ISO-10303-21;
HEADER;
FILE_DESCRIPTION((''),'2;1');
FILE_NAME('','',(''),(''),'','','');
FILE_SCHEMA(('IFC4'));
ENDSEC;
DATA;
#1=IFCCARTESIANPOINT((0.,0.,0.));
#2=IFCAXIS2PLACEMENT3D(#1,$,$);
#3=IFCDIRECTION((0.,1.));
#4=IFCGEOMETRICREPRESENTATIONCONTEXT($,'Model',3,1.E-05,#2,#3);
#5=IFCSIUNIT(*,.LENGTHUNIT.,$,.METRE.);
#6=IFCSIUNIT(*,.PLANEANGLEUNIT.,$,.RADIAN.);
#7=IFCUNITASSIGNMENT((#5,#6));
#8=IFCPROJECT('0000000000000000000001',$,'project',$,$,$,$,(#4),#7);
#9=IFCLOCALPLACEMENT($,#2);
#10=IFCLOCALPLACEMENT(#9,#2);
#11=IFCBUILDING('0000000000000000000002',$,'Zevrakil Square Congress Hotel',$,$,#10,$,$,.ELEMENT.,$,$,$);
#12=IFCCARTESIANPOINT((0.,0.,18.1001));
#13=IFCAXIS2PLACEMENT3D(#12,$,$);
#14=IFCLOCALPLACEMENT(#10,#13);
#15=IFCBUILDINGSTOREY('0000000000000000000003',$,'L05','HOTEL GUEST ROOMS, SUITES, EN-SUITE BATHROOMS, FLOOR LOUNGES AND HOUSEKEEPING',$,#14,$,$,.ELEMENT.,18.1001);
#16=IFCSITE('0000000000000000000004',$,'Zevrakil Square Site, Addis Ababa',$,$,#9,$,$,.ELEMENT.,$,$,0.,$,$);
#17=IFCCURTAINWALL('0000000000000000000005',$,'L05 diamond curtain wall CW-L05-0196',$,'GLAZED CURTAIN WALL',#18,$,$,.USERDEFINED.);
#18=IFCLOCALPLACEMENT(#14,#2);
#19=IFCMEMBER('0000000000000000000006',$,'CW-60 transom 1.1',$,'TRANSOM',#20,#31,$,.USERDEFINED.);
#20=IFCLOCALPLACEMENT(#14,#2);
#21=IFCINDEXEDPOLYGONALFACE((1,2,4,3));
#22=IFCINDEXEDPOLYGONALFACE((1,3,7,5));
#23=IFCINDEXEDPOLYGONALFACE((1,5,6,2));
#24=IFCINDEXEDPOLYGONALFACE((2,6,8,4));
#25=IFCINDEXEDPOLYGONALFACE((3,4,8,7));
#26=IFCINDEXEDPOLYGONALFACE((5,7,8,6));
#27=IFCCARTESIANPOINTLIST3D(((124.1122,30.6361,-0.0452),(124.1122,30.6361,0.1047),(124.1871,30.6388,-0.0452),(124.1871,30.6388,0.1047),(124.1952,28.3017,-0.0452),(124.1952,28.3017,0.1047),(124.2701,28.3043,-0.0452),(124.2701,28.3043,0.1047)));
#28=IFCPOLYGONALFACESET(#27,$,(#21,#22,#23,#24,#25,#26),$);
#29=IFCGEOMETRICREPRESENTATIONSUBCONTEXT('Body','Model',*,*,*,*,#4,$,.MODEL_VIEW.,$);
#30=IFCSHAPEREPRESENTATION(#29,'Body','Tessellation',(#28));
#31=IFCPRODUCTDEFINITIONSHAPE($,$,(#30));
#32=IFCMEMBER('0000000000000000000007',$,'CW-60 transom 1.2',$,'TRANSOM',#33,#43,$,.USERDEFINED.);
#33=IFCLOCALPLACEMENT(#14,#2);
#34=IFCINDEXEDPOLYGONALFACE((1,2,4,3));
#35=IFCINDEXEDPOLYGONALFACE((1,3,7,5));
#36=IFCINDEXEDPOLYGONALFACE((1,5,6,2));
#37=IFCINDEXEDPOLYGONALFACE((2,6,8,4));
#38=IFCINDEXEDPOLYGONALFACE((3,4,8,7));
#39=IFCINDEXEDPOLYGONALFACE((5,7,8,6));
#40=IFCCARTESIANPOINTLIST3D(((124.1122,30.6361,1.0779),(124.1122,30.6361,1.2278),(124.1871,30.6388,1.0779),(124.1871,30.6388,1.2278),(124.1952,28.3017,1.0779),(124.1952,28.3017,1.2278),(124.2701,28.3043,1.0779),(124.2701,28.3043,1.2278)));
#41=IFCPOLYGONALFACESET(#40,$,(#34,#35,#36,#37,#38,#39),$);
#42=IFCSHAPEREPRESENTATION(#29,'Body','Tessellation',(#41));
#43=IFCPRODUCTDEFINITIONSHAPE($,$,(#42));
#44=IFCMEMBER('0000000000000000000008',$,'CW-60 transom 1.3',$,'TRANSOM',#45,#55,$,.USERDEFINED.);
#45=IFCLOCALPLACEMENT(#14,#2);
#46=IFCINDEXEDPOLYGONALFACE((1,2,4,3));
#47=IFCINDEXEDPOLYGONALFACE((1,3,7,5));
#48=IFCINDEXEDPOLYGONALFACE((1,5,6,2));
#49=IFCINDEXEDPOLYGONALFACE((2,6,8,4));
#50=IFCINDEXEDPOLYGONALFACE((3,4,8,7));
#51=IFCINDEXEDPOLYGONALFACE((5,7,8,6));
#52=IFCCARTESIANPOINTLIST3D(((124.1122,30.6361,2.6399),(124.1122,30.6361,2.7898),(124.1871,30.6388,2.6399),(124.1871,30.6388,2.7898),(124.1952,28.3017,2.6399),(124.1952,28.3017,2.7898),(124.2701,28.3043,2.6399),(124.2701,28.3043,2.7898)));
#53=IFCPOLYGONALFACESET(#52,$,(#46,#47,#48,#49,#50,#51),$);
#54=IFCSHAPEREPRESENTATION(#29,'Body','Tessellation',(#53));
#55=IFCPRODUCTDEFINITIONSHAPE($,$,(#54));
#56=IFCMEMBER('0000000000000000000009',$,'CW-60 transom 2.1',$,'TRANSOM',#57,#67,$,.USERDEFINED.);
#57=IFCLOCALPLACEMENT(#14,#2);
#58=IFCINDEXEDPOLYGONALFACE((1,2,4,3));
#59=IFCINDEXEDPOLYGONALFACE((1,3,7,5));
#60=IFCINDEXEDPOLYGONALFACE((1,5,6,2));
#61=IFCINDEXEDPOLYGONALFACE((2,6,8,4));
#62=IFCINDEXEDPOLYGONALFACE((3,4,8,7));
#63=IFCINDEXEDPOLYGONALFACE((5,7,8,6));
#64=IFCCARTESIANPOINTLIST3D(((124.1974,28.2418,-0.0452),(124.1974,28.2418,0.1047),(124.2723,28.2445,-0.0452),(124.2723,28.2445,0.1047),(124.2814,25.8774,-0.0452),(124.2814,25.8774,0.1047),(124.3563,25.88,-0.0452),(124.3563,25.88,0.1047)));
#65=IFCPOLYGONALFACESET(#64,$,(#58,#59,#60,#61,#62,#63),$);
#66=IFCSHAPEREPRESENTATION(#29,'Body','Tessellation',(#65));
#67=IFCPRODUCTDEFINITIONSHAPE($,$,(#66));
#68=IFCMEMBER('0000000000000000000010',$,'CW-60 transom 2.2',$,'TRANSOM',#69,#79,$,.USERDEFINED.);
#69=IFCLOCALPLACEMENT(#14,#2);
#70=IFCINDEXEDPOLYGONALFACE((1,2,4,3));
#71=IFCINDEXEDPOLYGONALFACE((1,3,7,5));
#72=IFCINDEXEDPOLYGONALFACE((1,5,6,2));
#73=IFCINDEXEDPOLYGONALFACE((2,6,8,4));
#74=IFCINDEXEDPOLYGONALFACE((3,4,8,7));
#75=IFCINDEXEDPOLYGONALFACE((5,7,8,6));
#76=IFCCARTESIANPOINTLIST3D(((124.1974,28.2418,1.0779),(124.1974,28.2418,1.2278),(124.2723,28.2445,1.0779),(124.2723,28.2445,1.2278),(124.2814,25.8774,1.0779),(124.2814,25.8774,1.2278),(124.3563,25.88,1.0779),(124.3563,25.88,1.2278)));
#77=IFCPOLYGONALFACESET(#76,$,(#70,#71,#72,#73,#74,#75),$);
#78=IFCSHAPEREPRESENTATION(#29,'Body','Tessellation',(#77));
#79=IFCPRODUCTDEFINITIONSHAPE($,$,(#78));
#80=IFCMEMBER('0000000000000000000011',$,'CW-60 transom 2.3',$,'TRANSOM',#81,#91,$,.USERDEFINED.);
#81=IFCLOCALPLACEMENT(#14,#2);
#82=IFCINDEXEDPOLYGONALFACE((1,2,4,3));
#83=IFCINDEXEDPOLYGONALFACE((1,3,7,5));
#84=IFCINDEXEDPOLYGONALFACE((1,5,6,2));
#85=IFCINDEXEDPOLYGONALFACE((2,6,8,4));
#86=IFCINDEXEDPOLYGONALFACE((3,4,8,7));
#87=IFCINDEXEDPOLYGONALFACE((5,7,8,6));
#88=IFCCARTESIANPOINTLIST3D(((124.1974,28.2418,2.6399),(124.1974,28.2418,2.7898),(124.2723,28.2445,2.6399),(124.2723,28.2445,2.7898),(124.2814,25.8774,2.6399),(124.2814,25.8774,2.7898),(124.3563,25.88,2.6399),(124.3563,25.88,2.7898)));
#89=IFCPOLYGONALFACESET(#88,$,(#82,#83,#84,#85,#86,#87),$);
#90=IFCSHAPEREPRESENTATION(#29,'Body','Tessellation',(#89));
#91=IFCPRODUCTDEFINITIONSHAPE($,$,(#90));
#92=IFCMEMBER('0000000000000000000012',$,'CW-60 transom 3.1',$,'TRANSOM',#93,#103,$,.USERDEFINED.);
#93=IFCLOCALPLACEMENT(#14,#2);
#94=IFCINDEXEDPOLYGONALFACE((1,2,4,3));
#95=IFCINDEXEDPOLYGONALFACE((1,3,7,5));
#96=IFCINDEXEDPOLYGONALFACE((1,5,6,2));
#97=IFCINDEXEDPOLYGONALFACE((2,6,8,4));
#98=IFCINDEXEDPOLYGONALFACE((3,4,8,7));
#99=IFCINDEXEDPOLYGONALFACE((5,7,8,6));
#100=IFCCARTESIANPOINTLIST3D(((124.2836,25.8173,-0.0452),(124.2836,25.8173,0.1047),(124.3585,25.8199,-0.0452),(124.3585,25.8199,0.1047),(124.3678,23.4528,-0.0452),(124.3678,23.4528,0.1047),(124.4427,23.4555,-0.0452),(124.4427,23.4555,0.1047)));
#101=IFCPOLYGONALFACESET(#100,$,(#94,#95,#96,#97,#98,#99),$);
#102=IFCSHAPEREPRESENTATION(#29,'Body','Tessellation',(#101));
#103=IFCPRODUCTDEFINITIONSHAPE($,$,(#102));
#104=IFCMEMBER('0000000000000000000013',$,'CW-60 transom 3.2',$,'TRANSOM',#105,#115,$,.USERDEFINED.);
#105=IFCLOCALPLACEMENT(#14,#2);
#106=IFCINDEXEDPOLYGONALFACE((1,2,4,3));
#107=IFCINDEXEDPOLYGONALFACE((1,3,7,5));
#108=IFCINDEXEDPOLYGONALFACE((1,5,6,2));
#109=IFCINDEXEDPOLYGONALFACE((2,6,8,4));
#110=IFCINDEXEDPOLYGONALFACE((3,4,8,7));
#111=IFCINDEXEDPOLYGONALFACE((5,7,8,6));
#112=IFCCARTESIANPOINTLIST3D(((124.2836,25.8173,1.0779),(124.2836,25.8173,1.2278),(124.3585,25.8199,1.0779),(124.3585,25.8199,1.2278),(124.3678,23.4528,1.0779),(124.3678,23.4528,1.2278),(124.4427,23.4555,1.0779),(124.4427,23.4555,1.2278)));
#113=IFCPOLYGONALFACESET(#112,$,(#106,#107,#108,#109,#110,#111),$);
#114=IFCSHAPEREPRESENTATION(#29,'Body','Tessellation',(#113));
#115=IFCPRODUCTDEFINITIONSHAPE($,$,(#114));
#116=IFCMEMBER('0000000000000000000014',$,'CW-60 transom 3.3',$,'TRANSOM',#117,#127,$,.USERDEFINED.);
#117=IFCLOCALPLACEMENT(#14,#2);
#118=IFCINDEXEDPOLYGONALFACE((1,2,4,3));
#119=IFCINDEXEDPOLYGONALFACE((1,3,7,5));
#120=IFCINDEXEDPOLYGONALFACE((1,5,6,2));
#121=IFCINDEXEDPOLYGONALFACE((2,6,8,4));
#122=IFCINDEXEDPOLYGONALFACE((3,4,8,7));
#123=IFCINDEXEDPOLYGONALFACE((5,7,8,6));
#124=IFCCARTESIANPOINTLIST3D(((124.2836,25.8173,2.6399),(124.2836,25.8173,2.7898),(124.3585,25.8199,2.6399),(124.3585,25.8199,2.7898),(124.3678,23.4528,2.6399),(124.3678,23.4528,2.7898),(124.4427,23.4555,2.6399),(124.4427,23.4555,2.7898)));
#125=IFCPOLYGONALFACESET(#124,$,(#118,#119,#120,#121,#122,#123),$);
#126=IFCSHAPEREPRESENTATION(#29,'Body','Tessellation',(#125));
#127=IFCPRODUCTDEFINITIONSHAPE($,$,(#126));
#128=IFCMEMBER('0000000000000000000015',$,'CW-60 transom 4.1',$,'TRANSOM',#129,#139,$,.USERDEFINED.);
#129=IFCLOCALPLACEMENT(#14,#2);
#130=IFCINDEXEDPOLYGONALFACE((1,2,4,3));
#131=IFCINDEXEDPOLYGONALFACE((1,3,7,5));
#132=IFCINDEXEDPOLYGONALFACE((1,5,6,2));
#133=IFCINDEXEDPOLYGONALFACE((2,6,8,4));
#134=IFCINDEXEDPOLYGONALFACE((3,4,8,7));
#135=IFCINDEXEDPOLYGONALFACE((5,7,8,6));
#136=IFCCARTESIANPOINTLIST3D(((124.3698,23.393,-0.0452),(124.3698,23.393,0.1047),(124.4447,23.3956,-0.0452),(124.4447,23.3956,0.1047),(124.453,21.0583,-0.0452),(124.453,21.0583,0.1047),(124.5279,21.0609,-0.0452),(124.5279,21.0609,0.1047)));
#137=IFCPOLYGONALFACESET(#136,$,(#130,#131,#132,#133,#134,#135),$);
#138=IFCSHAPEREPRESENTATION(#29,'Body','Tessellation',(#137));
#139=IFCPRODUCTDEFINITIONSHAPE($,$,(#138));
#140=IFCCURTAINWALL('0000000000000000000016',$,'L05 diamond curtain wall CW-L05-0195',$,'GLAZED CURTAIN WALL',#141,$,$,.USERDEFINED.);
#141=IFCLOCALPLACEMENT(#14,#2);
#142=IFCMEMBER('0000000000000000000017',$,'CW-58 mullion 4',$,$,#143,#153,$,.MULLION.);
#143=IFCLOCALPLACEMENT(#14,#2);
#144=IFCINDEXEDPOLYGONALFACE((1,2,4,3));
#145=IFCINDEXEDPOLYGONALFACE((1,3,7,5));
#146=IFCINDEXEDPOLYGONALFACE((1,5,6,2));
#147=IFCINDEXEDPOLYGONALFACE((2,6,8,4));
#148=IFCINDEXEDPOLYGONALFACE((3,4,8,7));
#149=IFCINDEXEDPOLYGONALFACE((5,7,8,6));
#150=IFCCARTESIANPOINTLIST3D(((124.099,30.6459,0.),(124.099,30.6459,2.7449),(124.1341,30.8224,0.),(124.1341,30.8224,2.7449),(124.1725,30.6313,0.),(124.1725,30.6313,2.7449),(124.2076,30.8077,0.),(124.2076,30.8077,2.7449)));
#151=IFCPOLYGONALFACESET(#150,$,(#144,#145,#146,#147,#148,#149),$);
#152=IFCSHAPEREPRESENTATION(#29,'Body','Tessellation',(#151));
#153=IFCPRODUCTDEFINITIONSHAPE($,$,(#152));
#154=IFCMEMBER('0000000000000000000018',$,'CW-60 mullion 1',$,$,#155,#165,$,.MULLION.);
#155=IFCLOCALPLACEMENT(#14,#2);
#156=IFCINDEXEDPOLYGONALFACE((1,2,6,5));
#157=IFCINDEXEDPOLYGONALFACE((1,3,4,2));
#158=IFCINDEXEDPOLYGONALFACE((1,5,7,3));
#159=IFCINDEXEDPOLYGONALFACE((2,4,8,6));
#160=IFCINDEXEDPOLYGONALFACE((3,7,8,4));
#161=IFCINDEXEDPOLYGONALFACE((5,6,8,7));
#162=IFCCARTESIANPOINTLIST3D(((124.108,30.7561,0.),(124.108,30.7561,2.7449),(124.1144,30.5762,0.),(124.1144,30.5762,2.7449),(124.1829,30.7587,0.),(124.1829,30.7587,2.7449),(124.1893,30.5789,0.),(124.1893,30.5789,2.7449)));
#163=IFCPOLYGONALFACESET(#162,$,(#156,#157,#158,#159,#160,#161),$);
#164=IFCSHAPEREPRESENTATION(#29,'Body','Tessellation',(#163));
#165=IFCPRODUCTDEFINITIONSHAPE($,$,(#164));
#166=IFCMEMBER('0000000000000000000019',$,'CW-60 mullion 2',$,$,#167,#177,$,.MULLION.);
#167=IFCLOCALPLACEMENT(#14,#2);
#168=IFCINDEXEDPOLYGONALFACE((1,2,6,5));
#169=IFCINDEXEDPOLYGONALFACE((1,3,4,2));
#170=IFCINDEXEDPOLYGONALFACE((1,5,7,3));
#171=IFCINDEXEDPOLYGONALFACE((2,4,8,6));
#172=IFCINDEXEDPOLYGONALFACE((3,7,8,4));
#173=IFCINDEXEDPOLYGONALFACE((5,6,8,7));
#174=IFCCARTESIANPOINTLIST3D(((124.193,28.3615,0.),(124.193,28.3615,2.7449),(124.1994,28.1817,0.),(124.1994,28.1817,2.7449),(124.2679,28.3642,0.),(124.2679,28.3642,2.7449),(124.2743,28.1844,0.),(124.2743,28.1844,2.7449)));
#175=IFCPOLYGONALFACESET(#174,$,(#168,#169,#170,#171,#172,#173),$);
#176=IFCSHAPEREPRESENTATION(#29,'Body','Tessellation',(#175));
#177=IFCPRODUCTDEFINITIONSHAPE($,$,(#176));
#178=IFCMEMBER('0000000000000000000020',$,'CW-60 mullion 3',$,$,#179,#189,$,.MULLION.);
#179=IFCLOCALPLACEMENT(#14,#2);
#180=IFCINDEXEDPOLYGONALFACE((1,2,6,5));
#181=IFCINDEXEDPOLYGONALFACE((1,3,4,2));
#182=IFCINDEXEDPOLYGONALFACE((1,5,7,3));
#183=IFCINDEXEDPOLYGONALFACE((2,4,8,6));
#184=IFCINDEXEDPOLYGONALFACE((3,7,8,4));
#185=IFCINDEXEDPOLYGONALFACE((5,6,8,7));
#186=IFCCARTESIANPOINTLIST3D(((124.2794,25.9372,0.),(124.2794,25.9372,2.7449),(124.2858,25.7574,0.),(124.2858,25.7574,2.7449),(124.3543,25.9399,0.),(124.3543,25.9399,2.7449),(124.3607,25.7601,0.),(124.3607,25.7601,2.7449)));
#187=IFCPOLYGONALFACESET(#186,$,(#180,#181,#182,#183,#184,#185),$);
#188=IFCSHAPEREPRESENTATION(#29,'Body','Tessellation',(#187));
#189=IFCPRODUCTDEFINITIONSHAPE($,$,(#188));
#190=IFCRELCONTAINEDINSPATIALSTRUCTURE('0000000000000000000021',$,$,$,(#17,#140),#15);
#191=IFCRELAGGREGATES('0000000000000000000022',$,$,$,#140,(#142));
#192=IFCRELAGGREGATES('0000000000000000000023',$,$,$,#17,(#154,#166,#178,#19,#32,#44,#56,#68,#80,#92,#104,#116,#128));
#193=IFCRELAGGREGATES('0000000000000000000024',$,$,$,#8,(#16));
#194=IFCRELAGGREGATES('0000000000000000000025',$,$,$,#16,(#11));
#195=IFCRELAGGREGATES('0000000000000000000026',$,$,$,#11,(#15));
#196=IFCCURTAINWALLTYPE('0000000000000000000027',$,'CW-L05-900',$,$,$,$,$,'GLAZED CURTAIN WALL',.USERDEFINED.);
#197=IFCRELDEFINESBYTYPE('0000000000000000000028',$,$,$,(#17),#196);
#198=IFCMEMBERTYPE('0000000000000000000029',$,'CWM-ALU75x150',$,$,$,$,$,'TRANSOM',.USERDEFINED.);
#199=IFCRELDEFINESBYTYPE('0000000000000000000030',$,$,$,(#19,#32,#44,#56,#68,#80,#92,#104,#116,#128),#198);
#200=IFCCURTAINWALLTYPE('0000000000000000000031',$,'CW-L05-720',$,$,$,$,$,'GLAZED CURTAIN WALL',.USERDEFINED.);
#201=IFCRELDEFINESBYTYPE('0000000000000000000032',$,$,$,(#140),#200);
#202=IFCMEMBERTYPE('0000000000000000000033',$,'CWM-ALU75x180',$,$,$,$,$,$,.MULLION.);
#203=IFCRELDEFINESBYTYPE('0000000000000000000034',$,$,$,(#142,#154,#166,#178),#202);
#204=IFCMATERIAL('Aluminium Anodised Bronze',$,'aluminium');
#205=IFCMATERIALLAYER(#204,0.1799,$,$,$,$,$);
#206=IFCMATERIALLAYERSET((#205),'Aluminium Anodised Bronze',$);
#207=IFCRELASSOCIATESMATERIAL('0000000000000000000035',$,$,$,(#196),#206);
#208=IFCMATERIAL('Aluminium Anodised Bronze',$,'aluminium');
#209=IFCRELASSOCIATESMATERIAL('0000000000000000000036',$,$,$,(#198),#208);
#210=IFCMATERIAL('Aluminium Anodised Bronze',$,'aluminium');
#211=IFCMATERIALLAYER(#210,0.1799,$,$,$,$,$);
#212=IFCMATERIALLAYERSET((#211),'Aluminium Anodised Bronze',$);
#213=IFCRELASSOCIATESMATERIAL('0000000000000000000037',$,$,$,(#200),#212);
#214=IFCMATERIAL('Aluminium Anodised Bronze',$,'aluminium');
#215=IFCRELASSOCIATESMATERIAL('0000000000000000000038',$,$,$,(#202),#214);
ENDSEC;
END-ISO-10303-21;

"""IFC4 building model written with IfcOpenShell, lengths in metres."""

from ifc_helpers import new_model, si_unit, direction, frame, origin, origin_2d, place, context, subcontext, project, spatial, rectangle, extrude, material, layer, layer_set, material_profile, profile_set, type_object, element, aggregate, save


model = new_model("IFC4")

# Units and contexts
model_context = context("Model", 3, precision=1e-05, world=origin(), true_north=direction((0.0, 1.0)))
body_context = subcontext(model_context, "Body", "Model", "MODEL_VIEW")
ifc_project = project(units=[si_unit("LENGTHUNIT", "METRE"), si_unit("PLANEANGLEUNIT", "RADIAN")], contexts=[model_context])

# Site, building, storey
site_placement = place(None, origin())
site = spatial("IfcSite", under=ifc_project, at=site_placement, Name="Zevrakil Square Site, Addis Ababa", CompositionType="ELEMENT", RefElevation=0.0)
building_placement = place(site_placement, origin())
building = spatial("IfcBuilding", under=site, at=building_placement, Name="Zevrakil Square Congress Hotel", CompositionType="ELEMENT")
storey_placement = place(building_placement, frame((0.0, 0.0, 18.1001)))
storey = spatial("IfcBuildingStorey", under=building, at=storey_placement, Name="L05", Description="HOTEL GUEST ROOMS, SUITES, EN-SUITE BATHROOMS, FLOOR LOUNGES AND HOUSEKEEPING", CompositionType="ELEMENT", Elevation=18.1001)

# Curtain wall, members
ifc_material_1 = material(Name="Aluminium Anodised Bronze", Category="aluminium")
ifc_layer_1 = layer(ifc_material_1, 0.1799)
ifc_layer_set_1 = layer_set([ifc_layer_1], Name="Aluminium Anodised Bronze")
curtain_wall_type_1 = type_object("IfcCurtainWallType", Name="CW-L05-900", ElementType="GLAZED CURTAIN WALL", PredefinedType="USERDEFINED", material=ifc_layer_set_1)
curtain_wall_1_placement = place(storey_placement, origin())
curtain_wall_1 = element("IfcCurtainWall", 1, at=curtain_wall_1_placement, inside=storey, type_object=curtain_wall_type_1, Name="L05 diamond curtain wall CW-L05-0196", ObjectType="GLAZED CURTAIN WALL", PredefinedType="USERDEFINED")
ifc_material_2 = material(Name="Aluminium Anodised Bronze", Category="aluminium")
ifc_material_profile_1 = material_profile(ifc_material_2, rectangle(XDim=0.075, YDim=0.1499, at=origin_2d()), Name="ALU 75x150")
ifc_profile_set_1 = profile_set([ifc_material_profile_1], Name="Aluminium Anodised Bronze")
member_type_1 = type_object("IfcMemberType", Name="CWM-ALU75x150", ElementType="TRANSOM", PredefinedType="USERDEFINED", material=ifc_profile_set_1)
member_1_placement = place(storey_placement, frame((124.1497, 30.6375, 0.0298), z_axis=(0.035535, -0.999368, 0.0), x_axis=(0.999368, 0.035535, 0.0)))
member_1 = element("IfcMember", 2, at=member_1_placement, type_object=member_type_1, Name="CW-60 transom 1.1", ObjectType="TRANSOM", PredefinedType="USERDEFINED", context=body_context, shape_type="SweptSolid", body=[
    extrude(rectangle(XDim=0.075, YDim=0.1499, at=origin_2d()), origin(), (0.0, 0.0, 1.0), 2.3359),
])
member_2_placement = place(storey_placement, frame((124.1497, 30.6375, 1.1528), z_axis=(0.035535, -0.999368, 0.0), x_axis=(0.999368, 0.035535, 0.0)))
member_2 = element("IfcMember", 3, at=member_2_placement, type_object=member_type_1, Name="CW-60 transom 1.2", ObjectType="TRANSOM", PredefinedType="USERDEFINED", context=body_context, shape_type="SweptSolid", body=[
    extrude(rectangle(XDim=0.075, YDim=0.1499, at=origin_2d()), origin(), (0.0, 0.0, 1.0), 2.3359),
])
member_3_placement = place(storey_placement, frame((124.1497, 30.6375, 2.7148), z_axis=(0.035535, -0.999368, 0.0), x_axis=(0.999368, 0.035535, 0.0)))
member_3 = element("IfcMember", 4, at=member_3_placement, type_object=member_type_1, Name="CW-60 transom 1.3", ObjectType="TRANSOM", PredefinedType="USERDEFINED", context=body_context, shape_type="SweptSolid", body=[
    extrude(rectangle(XDim=0.075, YDim=0.1499, at=origin_2d()), origin(), (0.0, 0.0, 1.0), 2.3359),
])
member_4_placement = place(storey_placement, frame((124.2349, 28.2432, 0.0298), z_axis=(0.035496, -0.99937, 0.0), x_axis=(0.99937, 0.035496, 0.0)))
member_4 = element("IfcMember", 5, at=member_4_placement, type_object=member_type_1, Name="CW-60 transom 2.1", ObjectType="TRANSOM", PredefinedType="USERDEFINED", context=body_context, shape_type="SweptSolid", body=[
    extrude(rectangle(XDim=0.075, YDim=0.1499, at=origin_2d()), origin(), (0.0, 0.0, 1.0), 2.366),
])
member_5_placement = place(storey_placement, frame((124.2349, 28.2432, 1.1528), z_axis=(0.035496, -0.99937, 0.0), x_axis=(0.99937, 0.035496, 0.0)))
member_5 = element("IfcMember", 6, at=member_5_placement, type_object=member_type_1, Name="CW-60 transom 2.2", ObjectType="TRANSOM", PredefinedType="USERDEFINED", context=body_context, shape_type="SweptSolid", body=[
    extrude(rectangle(XDim=0.075, YDim=0.1499, at=origin_2d()), origin(), (0.0, 0.0, 1.0), 2.366),
])
member_6_placement = place(storey_placement, frame((124.2349, 28.2432, 2.7148), z_axis=(0.035496, -0.99937, 0.0), x_axis=(0.99937, 0.035496, 0.0)))
member_6 = element("IfcMember", 7, at=member_6_placement, type_object=member_type_1, Name="CW-60 transom 2.3", ObjectType="TRANSOM", PredefinedType="USERDEFINED", context=body_context, shape_type="SweptSolid", body=[
    extrude(rectangle(XDim=0.075, YDim=0.1499, at=origin_2d()), origin(), (0.0, 0.0, 1.0), 2.366),
])
member_7_placement = place(storey_placement, frame((124.321, 25.8186, 0.0298), z_axis=(0.0356, -0.999366, 0.0), x_axis=(0.999366, 0.0356, 0.0)))
member_7 = element("IfcMember", 8, at=member_7_placement, type_object=member_type_1, Name="CW-60 transom 3.1", ObjectType="TRANSOM", PredefinedType="USERDEFINED", context=body_context, shape_type="SweptSolid", body=[
    extrude(rectangle(XDim=0.075, YDim=0.1499, at=origin_2d()), origin(), (0.0, 0.0, 1.0), 2.366),
])
member_8_placement = place(storey_placement, frame((124.321, 25.8186, 1.1528), z_axis=(0.0356, -0.999366, 0.0), x_axis=(0.999366, 0.0356, 0.0)))
member_8 = element("IfcMember", 9, at=member_8_placement, type_object=member_type_1, Name="CW-60 transom 3.2", ObjectType="TRANSOM", PredefinedType="USERDEFINED", context=body_context, shape_type="SweptSolid", body=[
    extrude(rectangle(XDim=0.075, YDim=0.1499, at=origin_2d()), origin(), (0.0, 0.0, 1.0), 2.366),
])
member_9_placement = place(storey_placement, frame((124.321, 25.8186, 2.7148), z_axis=(0.0356, -0.999366, 0.0), x_axis=(0.999366, 0.0356, 0.0)))
member_9 = element("IfcMember", 10, at=member_9_placement, type_object=member_type_1, Name="CW-60 transom 3.3", ObjectType="TRANSOM", PredefinedType="USERDEFINED", context=body_context, shape_type="SweptSolid", body=[
    extrude(rectangle(XDim=0.075, YDim=0.1499, at=origin_2d()), origin(), (0.0, 0.0, 1.0), 2.366),
])
member_10_placement = place(storey_placement, frame((124.4072, 23.3943, 0.0298), z_axis=(0.035636, -0.999365, 0.0), x_axis=(0.999365, 0.035636, 0.0)))
member_10 = element("IfcMember", 11, at=member_10_placement, type_object=member_type_1, Name="CW-60 transom 4.1", ObjectType="TRANSOM", PredefinedType="USERDEFINED", context=body_context, shape_type="SweptSolid", body=[
    extrude(rectangle(XDim=0.075, YDim=0.1499, at=origin_2d()), origin(), (0.0, 0.0, 1.0), 2.3362),
])

# Curtain wall, member
ifc_material_3 = material(Name="Aluminium Anodised Bronze", Category="aluminium")
ifc_layer_2 = layer(ifc_material_3, 0.1799)
ifc_layer_set_2 = layer_set([ifc_layer_2], Name="Aluminium Anodised Bronze")
curtain_wall_type_2 = type_object("IfcCurtainWallType", Name="CW-L05-720", ElementType="GLAZED CURTAIN WALL", PredefinedType="USERDEFINED", material=ifc_layer_set_2)
curtain_wall_2_placement = place(storey_placement, origin())
curtain_wall_2 = element("IfcCurtainWall", 12, at=curtain_wall_2_placement, inside=storey, type_object=curtain_wall_type_2, Name="L05 diamond curtain wall CW-L05-0195", ObjectType="GLAZED CURTAIN WALL", PredefinedType="USERDEFINED")
ifc_material_4 = material(Name="Aluminium Anodised Bronze", Category="aluminium")
ifc_material_profile_2 = material_profile(ifc_material_4, rectangle(XDim=0.075, YDim=0.1799, at=origin_2d()), Name="ALU 75x180")
ifc_profile_set_2 = profile_set([ifc_material_profile_2], Name="Aluminium Anodised Bronze")
member_type_2 = type_object("IfcMemberType", Name="CWM-ALU75x180", PredefinedType="MULLION", material=ifc_profile_set_2)
member_11_placement = place(storey_placement, frame((124.1533, 30.7268, 0.0), z_axis=(0.0, 0.0, 1.0), x_axis=(0.980787, -0.195084, 0.0)))
member_11 = element("IfcMember", 13, at=member_11_placement, type_object=member_type_2, Name="CW-58 mullion 4", PredefinedType="MULLION", context=body_context, shape_type="SweptSolid", body=[
    extrude(rectangle(XDim=0.075, YDim=0.1799, at=origin_2d()), origin(), (0.0, 0.0, 1.0), 2.7449),
])

# Members
member_12_placement = place(storey_placement, frame((124.1487, 30.6675, 0.0), z_axis=(0.0, 0.0, 1.0), x_axis=(0.999368, 0.035553, 0.0)))
member_12 = element("IfcMember", 14, at=member_12_placement, type_object=member_type_2, Name="CW-60 mullion 1", PredefinedType="MULLION", context=body_context, shape_type="SweptSolid", body=[
    extrude(rectangle(XDim=0.075, YDim=0.1799, at=origin_2d()), origin(), (0.0, 0.0, 1.0), 2.7449),
])
member_13_placement = place(storey_placement, frame((124.2336, 28.2729, 0.0), z_axis=(0.0, 0.0, 1.0), x_axis=(0.999368, 0.035553, 0.0)))
member_13 = element("IfcMember", 15, at=member_13_placement, type_object=member_type_2, Name="CW-60 mullion 2", PredefinedType="MULLION", context=body_context, shape_type="SweptSolid", body=[
    extrude(rectangle(XDim=0.075, YDim=0.1799, at=origin_2d()), origin(), (0.0, 0.0, 1.0), 2.7449),
])
member_14_placement = place(storey_placement, frame((124.3201, 25.8486, 0.0), z_axis=(0.0, 0.0, 1.0), x_axis=(0.999368, 0.035553, 0.0)))
member_14 = element("IfcMember", 16, at=member_14_placement, type_object=member_type_2, Name="CW-60 mullion 3", PredefinedType="MULLION", context=body_context, shape_type="SweptSolid", body=[
    extrude(rectangle(XDim=0.075, YDim=0.1799, at=origin_2d()), origin(), (0.0, 0.0, 1.0), 2.7449),
])

aggregate(curtain_wall_2, [member_11])
aggregate(curtain_wall_1, [member_12, member_13, member_14, member_1, member_2, member_3, member_4, member_5, member_6, member_7, member_8, member_9, member_10])

save(model, "model.ifc")
